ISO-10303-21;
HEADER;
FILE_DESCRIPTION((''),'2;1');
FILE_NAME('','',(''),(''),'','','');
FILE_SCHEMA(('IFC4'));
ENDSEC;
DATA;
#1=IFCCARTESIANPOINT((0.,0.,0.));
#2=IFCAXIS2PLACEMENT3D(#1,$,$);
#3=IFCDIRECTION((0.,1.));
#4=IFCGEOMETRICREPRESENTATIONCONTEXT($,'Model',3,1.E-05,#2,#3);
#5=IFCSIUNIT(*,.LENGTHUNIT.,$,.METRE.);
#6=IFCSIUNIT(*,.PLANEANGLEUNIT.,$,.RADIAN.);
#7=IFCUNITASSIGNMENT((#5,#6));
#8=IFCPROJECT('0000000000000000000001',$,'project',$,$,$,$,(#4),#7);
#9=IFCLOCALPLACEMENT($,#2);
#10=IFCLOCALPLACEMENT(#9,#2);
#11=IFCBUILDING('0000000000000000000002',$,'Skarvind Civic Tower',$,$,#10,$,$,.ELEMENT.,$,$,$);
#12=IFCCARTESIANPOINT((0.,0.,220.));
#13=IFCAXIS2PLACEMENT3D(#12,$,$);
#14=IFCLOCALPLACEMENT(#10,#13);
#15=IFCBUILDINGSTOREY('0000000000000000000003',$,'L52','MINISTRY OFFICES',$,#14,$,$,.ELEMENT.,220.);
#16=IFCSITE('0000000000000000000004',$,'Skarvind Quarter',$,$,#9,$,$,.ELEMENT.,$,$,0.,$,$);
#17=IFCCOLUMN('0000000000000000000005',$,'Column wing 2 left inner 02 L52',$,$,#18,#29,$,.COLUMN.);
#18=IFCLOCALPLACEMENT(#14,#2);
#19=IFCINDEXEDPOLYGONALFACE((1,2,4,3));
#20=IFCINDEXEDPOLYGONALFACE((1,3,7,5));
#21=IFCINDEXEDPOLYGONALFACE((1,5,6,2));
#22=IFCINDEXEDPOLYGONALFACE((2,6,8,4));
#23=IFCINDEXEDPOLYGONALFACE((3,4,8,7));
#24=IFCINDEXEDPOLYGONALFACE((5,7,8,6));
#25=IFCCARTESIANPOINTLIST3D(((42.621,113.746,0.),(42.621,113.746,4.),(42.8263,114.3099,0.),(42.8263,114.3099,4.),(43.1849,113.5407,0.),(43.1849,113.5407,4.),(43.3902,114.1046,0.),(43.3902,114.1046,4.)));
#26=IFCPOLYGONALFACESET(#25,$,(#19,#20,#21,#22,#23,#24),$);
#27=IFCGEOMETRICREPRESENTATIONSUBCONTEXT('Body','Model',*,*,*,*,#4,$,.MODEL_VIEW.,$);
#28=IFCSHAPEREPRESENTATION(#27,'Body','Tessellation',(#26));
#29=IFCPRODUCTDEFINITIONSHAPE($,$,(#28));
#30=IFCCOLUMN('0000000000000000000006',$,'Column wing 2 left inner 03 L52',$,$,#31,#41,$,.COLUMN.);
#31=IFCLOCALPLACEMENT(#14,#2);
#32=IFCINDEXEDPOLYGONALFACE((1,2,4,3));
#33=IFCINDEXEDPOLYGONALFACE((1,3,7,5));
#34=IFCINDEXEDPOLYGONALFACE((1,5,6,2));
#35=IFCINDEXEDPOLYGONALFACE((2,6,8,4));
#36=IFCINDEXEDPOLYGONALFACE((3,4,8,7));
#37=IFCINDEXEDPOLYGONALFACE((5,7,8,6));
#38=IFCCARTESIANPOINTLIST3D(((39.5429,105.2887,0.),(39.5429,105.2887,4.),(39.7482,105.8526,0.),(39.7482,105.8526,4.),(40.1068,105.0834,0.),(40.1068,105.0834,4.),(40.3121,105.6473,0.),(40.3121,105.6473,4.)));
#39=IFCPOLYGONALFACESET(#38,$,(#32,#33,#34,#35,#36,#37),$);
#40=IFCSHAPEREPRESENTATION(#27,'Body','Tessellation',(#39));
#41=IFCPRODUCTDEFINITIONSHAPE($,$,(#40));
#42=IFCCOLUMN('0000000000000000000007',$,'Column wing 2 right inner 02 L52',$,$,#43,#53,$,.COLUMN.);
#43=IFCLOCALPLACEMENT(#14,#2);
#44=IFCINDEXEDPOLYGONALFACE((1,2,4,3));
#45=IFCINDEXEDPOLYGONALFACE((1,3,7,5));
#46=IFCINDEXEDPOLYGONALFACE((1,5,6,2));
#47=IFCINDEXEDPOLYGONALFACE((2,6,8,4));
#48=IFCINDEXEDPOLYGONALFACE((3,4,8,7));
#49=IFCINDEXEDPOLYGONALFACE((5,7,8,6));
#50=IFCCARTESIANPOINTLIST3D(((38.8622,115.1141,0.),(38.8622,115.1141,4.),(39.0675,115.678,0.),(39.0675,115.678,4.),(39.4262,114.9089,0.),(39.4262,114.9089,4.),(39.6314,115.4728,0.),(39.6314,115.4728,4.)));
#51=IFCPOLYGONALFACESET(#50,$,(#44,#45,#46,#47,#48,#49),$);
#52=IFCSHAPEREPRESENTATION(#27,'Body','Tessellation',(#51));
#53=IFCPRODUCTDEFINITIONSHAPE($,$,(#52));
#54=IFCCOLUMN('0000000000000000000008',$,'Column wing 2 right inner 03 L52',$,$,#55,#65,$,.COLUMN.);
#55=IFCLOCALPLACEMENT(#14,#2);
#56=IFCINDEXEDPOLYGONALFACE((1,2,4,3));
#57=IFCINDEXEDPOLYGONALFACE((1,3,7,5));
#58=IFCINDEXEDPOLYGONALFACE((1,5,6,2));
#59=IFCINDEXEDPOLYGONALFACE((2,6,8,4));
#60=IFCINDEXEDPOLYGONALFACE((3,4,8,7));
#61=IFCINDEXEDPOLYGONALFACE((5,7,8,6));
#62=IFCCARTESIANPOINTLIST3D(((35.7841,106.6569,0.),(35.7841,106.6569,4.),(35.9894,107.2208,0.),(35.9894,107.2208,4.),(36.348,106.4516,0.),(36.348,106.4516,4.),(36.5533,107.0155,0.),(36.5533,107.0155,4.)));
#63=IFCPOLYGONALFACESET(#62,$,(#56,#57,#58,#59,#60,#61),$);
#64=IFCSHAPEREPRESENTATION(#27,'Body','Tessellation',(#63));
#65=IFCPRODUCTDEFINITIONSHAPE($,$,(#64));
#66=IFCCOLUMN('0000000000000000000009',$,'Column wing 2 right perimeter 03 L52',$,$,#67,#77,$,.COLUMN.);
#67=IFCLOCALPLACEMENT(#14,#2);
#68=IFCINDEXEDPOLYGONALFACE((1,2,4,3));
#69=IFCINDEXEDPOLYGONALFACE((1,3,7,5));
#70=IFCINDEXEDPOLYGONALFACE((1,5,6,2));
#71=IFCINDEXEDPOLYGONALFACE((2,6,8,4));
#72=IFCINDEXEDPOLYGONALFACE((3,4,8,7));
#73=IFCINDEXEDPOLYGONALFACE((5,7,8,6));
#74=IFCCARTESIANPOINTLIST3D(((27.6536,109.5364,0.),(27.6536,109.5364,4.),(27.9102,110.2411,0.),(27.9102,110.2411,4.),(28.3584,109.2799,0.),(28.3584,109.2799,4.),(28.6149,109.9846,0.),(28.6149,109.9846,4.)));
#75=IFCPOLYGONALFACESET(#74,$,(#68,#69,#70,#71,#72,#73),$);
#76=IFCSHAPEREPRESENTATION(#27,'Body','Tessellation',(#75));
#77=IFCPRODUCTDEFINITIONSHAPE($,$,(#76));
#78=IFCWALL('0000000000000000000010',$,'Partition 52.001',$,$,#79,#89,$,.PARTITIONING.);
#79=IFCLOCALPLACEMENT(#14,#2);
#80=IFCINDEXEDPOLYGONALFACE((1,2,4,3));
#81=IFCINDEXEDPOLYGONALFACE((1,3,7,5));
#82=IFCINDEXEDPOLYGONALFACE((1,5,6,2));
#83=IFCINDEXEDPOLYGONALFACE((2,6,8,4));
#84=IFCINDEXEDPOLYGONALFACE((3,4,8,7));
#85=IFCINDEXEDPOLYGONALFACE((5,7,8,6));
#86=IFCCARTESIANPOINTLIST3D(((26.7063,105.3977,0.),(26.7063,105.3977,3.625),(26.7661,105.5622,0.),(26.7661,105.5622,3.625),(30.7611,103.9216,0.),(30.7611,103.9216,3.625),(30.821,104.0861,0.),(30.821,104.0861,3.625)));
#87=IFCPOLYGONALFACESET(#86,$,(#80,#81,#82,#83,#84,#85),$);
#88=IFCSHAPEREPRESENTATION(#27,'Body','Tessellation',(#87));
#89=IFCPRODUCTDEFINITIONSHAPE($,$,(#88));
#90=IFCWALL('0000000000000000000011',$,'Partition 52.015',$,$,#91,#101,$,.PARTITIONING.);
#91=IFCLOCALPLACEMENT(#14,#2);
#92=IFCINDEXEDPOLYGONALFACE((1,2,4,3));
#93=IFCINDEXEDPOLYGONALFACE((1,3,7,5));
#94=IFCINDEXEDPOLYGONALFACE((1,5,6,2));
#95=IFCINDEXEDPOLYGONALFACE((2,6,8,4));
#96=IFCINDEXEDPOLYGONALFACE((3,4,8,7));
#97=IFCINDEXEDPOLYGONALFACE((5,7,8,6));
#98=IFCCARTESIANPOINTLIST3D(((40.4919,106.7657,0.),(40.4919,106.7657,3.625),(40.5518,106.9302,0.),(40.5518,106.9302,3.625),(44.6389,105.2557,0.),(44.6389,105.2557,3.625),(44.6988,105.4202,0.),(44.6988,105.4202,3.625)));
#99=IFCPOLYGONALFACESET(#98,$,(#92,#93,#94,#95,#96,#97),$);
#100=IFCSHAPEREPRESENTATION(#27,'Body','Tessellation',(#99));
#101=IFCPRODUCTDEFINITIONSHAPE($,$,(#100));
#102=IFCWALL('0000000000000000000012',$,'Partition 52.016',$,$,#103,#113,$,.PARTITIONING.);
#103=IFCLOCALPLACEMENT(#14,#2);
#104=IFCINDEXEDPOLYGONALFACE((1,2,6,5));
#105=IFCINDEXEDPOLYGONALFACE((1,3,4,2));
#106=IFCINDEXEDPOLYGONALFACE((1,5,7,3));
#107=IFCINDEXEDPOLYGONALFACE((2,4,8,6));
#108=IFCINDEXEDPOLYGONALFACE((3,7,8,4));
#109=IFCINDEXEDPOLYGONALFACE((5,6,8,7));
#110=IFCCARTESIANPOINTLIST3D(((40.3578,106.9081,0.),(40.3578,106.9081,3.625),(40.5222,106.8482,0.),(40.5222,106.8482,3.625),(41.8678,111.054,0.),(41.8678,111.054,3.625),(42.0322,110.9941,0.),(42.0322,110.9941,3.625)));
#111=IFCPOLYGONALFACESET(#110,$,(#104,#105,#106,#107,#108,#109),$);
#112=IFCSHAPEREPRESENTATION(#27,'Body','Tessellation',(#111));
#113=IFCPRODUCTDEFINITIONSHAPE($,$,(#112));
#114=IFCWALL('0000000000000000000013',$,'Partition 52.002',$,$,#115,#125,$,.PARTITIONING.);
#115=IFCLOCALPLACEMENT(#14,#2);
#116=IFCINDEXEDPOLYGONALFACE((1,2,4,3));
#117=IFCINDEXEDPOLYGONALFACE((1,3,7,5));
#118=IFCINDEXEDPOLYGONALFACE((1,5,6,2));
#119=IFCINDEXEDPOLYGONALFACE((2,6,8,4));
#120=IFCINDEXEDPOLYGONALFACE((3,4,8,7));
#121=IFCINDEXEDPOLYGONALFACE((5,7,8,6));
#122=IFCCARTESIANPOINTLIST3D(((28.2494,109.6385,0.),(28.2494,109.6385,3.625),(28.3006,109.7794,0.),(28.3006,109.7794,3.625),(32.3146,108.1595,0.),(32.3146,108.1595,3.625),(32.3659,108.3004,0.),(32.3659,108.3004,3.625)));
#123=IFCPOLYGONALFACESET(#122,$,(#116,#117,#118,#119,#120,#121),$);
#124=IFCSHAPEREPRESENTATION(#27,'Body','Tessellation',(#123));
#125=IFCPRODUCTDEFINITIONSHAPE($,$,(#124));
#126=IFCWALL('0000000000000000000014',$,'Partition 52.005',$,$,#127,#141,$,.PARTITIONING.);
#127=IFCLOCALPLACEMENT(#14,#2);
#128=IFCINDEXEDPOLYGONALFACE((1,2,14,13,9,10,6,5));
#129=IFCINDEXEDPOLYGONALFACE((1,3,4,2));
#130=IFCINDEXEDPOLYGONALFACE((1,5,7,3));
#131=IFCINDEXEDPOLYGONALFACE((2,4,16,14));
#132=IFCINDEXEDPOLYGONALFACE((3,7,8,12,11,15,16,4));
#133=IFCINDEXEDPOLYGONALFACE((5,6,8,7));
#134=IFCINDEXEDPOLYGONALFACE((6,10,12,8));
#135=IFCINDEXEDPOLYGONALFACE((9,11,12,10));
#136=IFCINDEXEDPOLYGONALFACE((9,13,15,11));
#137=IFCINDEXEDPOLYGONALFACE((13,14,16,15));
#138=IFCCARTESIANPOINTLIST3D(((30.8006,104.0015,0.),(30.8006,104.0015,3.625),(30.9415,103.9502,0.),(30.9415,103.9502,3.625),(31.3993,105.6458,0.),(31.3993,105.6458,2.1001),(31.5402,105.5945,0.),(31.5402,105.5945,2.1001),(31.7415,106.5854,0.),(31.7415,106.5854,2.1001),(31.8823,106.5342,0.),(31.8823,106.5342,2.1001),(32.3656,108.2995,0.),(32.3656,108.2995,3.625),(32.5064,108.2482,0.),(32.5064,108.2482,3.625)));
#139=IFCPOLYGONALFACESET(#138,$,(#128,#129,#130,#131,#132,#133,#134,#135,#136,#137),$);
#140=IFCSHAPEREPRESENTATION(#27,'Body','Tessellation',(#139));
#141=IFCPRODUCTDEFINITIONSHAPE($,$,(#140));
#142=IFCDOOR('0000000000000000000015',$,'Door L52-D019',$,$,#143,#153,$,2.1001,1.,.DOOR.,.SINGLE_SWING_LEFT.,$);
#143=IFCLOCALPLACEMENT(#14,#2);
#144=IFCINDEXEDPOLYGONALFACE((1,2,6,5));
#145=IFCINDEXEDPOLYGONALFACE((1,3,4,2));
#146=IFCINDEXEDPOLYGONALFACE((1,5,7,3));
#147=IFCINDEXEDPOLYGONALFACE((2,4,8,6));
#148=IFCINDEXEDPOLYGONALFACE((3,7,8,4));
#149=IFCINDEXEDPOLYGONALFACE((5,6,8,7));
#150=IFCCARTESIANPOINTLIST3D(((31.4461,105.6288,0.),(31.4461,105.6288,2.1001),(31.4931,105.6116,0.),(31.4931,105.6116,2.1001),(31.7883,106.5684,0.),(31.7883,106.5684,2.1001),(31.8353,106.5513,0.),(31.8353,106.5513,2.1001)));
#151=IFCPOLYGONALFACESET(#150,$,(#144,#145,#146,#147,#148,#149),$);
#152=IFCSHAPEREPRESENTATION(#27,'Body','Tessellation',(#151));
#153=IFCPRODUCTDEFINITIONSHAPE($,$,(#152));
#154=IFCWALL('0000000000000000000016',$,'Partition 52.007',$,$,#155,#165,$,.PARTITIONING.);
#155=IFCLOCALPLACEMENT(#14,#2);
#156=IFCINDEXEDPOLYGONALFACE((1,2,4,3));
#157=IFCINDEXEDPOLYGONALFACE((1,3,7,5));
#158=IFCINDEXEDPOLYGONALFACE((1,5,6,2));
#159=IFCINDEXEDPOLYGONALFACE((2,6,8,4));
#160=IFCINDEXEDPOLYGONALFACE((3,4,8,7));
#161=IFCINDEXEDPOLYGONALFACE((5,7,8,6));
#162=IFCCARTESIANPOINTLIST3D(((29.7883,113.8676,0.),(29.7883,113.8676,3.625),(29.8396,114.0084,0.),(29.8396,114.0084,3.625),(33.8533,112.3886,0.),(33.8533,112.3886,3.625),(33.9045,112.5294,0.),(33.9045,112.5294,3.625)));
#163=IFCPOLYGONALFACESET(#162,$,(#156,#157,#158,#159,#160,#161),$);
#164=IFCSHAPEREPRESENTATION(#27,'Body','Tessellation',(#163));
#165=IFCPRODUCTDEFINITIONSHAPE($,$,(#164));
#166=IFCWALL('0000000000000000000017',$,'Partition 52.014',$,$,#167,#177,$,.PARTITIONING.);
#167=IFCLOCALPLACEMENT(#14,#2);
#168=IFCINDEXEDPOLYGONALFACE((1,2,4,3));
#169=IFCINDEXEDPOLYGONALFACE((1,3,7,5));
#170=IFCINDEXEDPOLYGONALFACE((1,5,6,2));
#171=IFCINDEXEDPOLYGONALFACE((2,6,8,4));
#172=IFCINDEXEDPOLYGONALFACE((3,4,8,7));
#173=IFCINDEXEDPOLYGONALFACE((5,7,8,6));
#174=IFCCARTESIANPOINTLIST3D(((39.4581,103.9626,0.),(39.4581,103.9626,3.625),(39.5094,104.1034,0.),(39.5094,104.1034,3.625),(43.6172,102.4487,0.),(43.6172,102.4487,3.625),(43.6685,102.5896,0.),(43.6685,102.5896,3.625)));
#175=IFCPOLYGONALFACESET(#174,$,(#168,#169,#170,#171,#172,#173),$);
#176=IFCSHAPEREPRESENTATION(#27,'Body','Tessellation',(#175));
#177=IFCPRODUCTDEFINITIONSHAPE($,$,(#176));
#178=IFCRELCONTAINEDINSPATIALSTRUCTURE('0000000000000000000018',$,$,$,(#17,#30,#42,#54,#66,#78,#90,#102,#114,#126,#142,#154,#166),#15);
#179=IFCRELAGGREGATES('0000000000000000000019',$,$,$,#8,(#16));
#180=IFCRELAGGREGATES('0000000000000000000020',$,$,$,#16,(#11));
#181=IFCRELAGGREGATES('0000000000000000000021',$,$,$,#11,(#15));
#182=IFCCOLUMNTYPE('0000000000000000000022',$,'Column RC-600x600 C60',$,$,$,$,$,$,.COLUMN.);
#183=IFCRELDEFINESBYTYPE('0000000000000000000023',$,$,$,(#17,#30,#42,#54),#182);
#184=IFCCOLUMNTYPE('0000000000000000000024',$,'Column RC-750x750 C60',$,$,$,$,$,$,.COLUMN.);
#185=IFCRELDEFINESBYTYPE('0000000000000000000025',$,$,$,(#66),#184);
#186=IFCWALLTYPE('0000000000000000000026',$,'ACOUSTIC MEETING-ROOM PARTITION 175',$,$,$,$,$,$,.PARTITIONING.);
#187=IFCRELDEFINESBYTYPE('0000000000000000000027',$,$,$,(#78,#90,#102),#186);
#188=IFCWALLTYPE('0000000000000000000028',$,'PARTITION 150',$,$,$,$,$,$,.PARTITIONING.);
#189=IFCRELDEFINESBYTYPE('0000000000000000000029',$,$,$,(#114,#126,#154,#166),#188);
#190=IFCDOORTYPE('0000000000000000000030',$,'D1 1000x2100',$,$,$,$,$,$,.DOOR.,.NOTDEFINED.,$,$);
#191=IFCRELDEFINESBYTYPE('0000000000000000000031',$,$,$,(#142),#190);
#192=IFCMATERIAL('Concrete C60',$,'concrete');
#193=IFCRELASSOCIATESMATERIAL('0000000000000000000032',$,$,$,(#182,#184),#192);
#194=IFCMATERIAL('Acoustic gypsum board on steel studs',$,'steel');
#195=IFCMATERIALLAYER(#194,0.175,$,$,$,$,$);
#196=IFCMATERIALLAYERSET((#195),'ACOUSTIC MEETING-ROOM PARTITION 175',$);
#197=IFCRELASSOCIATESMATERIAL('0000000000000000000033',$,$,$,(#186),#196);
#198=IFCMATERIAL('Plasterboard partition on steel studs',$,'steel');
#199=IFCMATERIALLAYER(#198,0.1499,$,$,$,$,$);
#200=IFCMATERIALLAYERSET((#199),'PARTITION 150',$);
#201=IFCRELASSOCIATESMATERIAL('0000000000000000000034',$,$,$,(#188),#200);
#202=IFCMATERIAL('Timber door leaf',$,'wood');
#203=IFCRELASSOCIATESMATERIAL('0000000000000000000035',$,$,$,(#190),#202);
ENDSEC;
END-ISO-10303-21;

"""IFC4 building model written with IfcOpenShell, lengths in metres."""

from ifc_helpers import new_model, si_unit, direction, frame, frame_2d, origin, origin_2d, place, context, subcontext, project, spatial, rectangle, extrude, material, layer, layer_set, material_profile, profile_set, type_object, element, fill, save


model = new_model("IFC4")

# Units and contexts
model_context = context("Model", 3, precision=1e-05, world=origin(), true_north=direction((0.0, 1.0)))
body_context = subcontext(model_context, "Body", "Model", "MODEL_VIEW")
ifc_project = project(units=[si_unit("LENGTHUNIT", "METRE"), si_unit("PLANEANGLEUNIT", "RADIAN")], contexts=[model_context])

# Site, building, storey
site_placement = place(None, origin())
site = spatial("IfcSite", under=ifc_project, at=site_placement, Name="Skarvind Quarter", CompositionType="ELEMENT", RefElevation=0.0)
building_placement = place(site_placement, origin())
building = spatial("IfcBuilding", under=site, at=building_placement, Name="Skarvind Civic Tower", CompositionType="ELEMENT")
storey_placement = place(building_placement, frame((0.0, 0.0, 220.0)))
storey = spatial("IfcBuildingStorey", under=building, at=storey_placement, Name="L52", Description="MINISTRY OFFICES", CompositionType="ELEMENT", Elevation=220.0)

# Columns
ifc_material_1 = material(Name="Concrete C60", Category="concrete")
ifc_material_profile_1 = material_profile(ifc_material_1, rectangle(XDim=0.6001, YDim=0.6001, at=origin_2d()), Name="RC-600x600")
ifc_profile_set_1 = profile_set([ifc_material_profile_1], Name="Concrete C60")
column_type_1 = type_object("IfcColumnType", Name="Column RC-600x600 C60", PredefinedType="COLUMN", material=ifc_profile_set_1)
for number, where, z_axis, x_axis, name in (
    (1, (43.0056, 113.9253, 0.0), (0.0, 0.0, 1.0), (-0.34202, -0.939693, 0.0), "Column wing 2 left inner 02 L52"),
    (2, (39.9275, 105.468, 0.0), (0.0, 0.0, 1.0), (-0.34202, -0.939693, 0.0), "Column wing 2 left inner 03 L52"),
    (3, (39.2468, 115.2935, 0.0), (0.0, 0.0, 1.0), (-0.34202, -0.939693, 0.0), "Column wing 2 right inner 02 L52"),
    (4, (36.1687, 106.8362, 0.0), (0.0, 0.0, 1.0), (-0.34202, -0.939693, 0.0), "Column wing 2 right inner 03 L52"),
):
    element("IfcColumn", number, at=place(storey_placement, frame(where, z_axis=z_axis, x_axis=x_axis)), inside=storey, type_object=column_type_1, Name=name, PredefinedType="COLUMN", context=body_context, shape_type="SweptSolid", body=[
        extrude(rectangle(XDim=0.6001, YDim=0.6001, at=origin_2d()), origin(), (0.0, 0.0, 1.0), 4.0),
    ])
ifc_material_profile_2 = material_profile(ifc_material_1, rectangle(XDim=0.75, YDim=0.75, at=origin_2d()), Name="RC-750x750")
ifc_profile_set_2 = profile_set([ifc_material_profile_2], Name="Concrete C60")
column_type_2 = type_object("IfcColumnType", Name="Column RC-750x750 C60", PredefinedType="COLUMN", material=ifc_profile_set_2)
column_placement = place(storey_placement, frame((28.1343, 109.7605, 0.0), z_axis=(0.0, 0.0, 1.0), x_axis=(-0.34202, -0.939693, 0.0)))
element("IfcColumn", 5, at=column_placement, inside=storey, type_object=column_type_2, Name="Column wing 2 right perimeter 03 L52", PredefinedType="COLUMN", context=body_context, shape_type="SweptSolid", body=[
    extrude(rectangle(XDim=0.75, YDim=0.75, at=origin_2d()), origin(), (0.0, 0.0, 1.0), 4.0),
])

# Walls
ifc_material_2 = material(Name="Acoustic gypsum board on steel studs", Category="steel")
ifc_layer_1 = layer(ifc_material_2, 0.175)
ifc_layer_set_1 = layer_set([ifc_layer_1], Name="ACOUSTIC MEETING-ROOM PARTITION 175")
wall_type_1 = type_object("IfcWallType", Name="ACOUSTIC MEETING-ROOM PARTITION 175", PredefinedType="PARTITIONING", material=ifc_layer_set_1)
wall_1_placement = place(storey_placement, frame((26.7361, 105.48, 0.0), z_axis=(0.0, 0.0, 1.0), x_axis=(0.939678, -0.342061, 0.0)))
element("IfcWall", 6, at=wall_1_placement, inside=storey, type_object=wall_type_1, Name="Partition 52.001", PredefinedType="PARTITIONING", context=body_context, shape_type="SweptSolid", body=[
    extrude(rectangle(XDim=4.3152, YDim=0.175, at=frame_2d((2.1577, 0.0))), origin(), (0.0, 0.0, 1.0), 3.625),
])
wall_2_placement = place(storey_placement, frame((40.522, 106.8479, 0.0), z_axis=(0.0, 0.0, 1.0), x_axis=(0.939646, -0.342147, 0.0)))
element("IfcWall", 7, at=wall_2_placement, inside=storey, type_object=wall_type_1, Name="Partition 52.015", PredefinedType="PARTITIONING", context=body_context, shape_type="SweptSolid", body=[
    extrude(rectangle(XDim=4.4133, YDim=0.175, at=frame_2d((2.2065, 0.0))), origin(), (0.0, 0.0, 1.0), 3.625),
])
wall_3_placement = place(storey_placement, frame((41.95, 111.0239, 0.0), z_axis=(0.0, 0.0, 1.0), x_axis=(-0.342218, -0.93962, 0.0)))
element("IfcWall", 8, at=wall_3_placement, inside=storey, type_object=wall_type_1, Name="Partition 52.016", PredefinedType="PARTITIONING", context=body_context, shape_type="SweptSolid", body=[
    extrude(rectangle(XDim=4.4124, YDim=0.175, at=frame_2d((2.2061, 0.0))), origin(), (0.0, 0.0, 1.0), 3.625),
])
ifc_material_3 = material(Name="Plasterboard partition on steel studs", Category="steel")
ifc_layer_2 = layer(ifc_material_3, 0.1499)
ifc_layer_set_2 = layer_set([ifc_layer_2], Name="PARTITION 150")
wall_type_2 = type_object("IfcWallType", Name="PARTITION 150", PredefinedType="PARTITIONING", material=ifc_layer_set_2)
wall_4_placement = place(storey_placement, frame((28.2749, 109.709, 0.0), z_axis=(0.0, 0.0, 1.0), x_axis=(0.939737, -0.341897, 0.0)))
element("IfcWall", 9, at=wall_4_placement, inside=storey, type_object=wall_type_2, Name="Partition 52.002", PredefinedType="PARTITIONING", context=body_context, shape_type="SweptSolid", body=[
    extrude(rectangle(XDim=4.3259, YDim=0.1499, at=frame_2d((2.1631, 0.0))), origin(), (0.0, 0.0, 1.0), 3.625),
])

# Wall, opening, door
wall_5_placement = place(storey_placement, frame((32.436, 108.2739, 0.0), z_axis=(0.0, 0.0, 1.0), x_axis=(-0.342146, -0.939647, 0.0)))
wall_5 = element("IfcWall", 10, at=wall_5_placement, inside=storey, type_object=wall_type_2, Name="Partition 52.005", PredefinedType="PARTITIONING", context=body_context, shape_type="SweptSolid", body=[
    extrude(rectangle(XDim=4.574, YDim=0.1499, at=frame_2d((2.2871, 0.0))), origin(), (0.0, 0.0, 1.0), 3.625),
])
opening_placement = place(wall_5_placement, frame((1.8242, 0.0, 0.0)))
opening = element("IfcOpeningElement", 11, at=opening_placement, cuts=wall_5, PredefinedType="OPENING", context=body_context, shape_type="SweptSolid", body=[
    extrude(rectangle(XDim=1.0, YDim=2.1001, at=frame_2d((0.5, 1.05))), frame((0.0, 0.085, 0.0), z_axis=(0.0, -1.0, 0.0), x_axis=(1.0, 0.0, 0.0)), (0.0, 0.0, 1.0), 0.1699),
])
ifc_material_4 = material(Name="Timber door leaf", Category="wood")
door_type = type_object("IfcDoorType", Name="D1 1000x2100", OperationType="NOTDEFINED", PredefinedType="DOOR", material=ifc_material_4)
door_placement = place(opening_placement, origin())
door = element("IfcDoor", 12, at=door_placement, inside=storey, type_object=door_type, Name="Door L52-D019", OperationType="SINGLE_SWING_LEFT", OverallHeight=2.1001, OverallWidth=1.0, PredefinedType="DOOR", context=body_context, shape_type="SweptSolid", body=[
    extrude(rectangle(XDim=1.0, YDim=2.1001, at=frame_2d((0.5, 1.05))), frame((0.0, 0.0249, 0.0), z_axis=(0.0, -1.0, 0.0), x_axis=(1.0, 0.0, 0.0)), (0.0, 0.0, 1.0), 0.05),
])
fill(opening, door)

# Walls
wall_6_placement = place(storey_placement, frame((33.8789, 112.459, 0.0), z_axis=(0.0, 0.0, 1.0), x_axis=(-0.939731, 0.341915, 0.0)))
element("IfcWall", 13, at=wall_6_placement, inside=storey, type_object=wall_type_2, Name="Partition 52.007", PredefinedType="PARTITIONING", context=body_context, shape_type="SweptSolid", body=[
    extrude(rectangle(XDim=4.3257, YDim=0.1499, at=frame_2d((2.1628, 0.0))), origin(), (0.0, 0.0, 1.0), 3.625),
])
wall_7_placement = place(storey_placement, frame((39.4839, 104.033, 0.0), z_axis=(0.0, 0.0, 1.0), x_axis=(0.939685, -0.34204, 0.0)))
element("IfcWall", 14, at=wall_7_placement, inside=storey, type_object=wall_type_2, Name="Partition 52.014", PredefinedType="PARTITIONING", context=body_context, shape_type="SweptSolid", body=[
    extrude(rectangle(XDim=4.426, YDim=0.1499, at=frame_2d((2.2129, 0.0))), origin(), (0.0, 0.0, 1.0), 3.625),
])

save(model, "model.ifc")
